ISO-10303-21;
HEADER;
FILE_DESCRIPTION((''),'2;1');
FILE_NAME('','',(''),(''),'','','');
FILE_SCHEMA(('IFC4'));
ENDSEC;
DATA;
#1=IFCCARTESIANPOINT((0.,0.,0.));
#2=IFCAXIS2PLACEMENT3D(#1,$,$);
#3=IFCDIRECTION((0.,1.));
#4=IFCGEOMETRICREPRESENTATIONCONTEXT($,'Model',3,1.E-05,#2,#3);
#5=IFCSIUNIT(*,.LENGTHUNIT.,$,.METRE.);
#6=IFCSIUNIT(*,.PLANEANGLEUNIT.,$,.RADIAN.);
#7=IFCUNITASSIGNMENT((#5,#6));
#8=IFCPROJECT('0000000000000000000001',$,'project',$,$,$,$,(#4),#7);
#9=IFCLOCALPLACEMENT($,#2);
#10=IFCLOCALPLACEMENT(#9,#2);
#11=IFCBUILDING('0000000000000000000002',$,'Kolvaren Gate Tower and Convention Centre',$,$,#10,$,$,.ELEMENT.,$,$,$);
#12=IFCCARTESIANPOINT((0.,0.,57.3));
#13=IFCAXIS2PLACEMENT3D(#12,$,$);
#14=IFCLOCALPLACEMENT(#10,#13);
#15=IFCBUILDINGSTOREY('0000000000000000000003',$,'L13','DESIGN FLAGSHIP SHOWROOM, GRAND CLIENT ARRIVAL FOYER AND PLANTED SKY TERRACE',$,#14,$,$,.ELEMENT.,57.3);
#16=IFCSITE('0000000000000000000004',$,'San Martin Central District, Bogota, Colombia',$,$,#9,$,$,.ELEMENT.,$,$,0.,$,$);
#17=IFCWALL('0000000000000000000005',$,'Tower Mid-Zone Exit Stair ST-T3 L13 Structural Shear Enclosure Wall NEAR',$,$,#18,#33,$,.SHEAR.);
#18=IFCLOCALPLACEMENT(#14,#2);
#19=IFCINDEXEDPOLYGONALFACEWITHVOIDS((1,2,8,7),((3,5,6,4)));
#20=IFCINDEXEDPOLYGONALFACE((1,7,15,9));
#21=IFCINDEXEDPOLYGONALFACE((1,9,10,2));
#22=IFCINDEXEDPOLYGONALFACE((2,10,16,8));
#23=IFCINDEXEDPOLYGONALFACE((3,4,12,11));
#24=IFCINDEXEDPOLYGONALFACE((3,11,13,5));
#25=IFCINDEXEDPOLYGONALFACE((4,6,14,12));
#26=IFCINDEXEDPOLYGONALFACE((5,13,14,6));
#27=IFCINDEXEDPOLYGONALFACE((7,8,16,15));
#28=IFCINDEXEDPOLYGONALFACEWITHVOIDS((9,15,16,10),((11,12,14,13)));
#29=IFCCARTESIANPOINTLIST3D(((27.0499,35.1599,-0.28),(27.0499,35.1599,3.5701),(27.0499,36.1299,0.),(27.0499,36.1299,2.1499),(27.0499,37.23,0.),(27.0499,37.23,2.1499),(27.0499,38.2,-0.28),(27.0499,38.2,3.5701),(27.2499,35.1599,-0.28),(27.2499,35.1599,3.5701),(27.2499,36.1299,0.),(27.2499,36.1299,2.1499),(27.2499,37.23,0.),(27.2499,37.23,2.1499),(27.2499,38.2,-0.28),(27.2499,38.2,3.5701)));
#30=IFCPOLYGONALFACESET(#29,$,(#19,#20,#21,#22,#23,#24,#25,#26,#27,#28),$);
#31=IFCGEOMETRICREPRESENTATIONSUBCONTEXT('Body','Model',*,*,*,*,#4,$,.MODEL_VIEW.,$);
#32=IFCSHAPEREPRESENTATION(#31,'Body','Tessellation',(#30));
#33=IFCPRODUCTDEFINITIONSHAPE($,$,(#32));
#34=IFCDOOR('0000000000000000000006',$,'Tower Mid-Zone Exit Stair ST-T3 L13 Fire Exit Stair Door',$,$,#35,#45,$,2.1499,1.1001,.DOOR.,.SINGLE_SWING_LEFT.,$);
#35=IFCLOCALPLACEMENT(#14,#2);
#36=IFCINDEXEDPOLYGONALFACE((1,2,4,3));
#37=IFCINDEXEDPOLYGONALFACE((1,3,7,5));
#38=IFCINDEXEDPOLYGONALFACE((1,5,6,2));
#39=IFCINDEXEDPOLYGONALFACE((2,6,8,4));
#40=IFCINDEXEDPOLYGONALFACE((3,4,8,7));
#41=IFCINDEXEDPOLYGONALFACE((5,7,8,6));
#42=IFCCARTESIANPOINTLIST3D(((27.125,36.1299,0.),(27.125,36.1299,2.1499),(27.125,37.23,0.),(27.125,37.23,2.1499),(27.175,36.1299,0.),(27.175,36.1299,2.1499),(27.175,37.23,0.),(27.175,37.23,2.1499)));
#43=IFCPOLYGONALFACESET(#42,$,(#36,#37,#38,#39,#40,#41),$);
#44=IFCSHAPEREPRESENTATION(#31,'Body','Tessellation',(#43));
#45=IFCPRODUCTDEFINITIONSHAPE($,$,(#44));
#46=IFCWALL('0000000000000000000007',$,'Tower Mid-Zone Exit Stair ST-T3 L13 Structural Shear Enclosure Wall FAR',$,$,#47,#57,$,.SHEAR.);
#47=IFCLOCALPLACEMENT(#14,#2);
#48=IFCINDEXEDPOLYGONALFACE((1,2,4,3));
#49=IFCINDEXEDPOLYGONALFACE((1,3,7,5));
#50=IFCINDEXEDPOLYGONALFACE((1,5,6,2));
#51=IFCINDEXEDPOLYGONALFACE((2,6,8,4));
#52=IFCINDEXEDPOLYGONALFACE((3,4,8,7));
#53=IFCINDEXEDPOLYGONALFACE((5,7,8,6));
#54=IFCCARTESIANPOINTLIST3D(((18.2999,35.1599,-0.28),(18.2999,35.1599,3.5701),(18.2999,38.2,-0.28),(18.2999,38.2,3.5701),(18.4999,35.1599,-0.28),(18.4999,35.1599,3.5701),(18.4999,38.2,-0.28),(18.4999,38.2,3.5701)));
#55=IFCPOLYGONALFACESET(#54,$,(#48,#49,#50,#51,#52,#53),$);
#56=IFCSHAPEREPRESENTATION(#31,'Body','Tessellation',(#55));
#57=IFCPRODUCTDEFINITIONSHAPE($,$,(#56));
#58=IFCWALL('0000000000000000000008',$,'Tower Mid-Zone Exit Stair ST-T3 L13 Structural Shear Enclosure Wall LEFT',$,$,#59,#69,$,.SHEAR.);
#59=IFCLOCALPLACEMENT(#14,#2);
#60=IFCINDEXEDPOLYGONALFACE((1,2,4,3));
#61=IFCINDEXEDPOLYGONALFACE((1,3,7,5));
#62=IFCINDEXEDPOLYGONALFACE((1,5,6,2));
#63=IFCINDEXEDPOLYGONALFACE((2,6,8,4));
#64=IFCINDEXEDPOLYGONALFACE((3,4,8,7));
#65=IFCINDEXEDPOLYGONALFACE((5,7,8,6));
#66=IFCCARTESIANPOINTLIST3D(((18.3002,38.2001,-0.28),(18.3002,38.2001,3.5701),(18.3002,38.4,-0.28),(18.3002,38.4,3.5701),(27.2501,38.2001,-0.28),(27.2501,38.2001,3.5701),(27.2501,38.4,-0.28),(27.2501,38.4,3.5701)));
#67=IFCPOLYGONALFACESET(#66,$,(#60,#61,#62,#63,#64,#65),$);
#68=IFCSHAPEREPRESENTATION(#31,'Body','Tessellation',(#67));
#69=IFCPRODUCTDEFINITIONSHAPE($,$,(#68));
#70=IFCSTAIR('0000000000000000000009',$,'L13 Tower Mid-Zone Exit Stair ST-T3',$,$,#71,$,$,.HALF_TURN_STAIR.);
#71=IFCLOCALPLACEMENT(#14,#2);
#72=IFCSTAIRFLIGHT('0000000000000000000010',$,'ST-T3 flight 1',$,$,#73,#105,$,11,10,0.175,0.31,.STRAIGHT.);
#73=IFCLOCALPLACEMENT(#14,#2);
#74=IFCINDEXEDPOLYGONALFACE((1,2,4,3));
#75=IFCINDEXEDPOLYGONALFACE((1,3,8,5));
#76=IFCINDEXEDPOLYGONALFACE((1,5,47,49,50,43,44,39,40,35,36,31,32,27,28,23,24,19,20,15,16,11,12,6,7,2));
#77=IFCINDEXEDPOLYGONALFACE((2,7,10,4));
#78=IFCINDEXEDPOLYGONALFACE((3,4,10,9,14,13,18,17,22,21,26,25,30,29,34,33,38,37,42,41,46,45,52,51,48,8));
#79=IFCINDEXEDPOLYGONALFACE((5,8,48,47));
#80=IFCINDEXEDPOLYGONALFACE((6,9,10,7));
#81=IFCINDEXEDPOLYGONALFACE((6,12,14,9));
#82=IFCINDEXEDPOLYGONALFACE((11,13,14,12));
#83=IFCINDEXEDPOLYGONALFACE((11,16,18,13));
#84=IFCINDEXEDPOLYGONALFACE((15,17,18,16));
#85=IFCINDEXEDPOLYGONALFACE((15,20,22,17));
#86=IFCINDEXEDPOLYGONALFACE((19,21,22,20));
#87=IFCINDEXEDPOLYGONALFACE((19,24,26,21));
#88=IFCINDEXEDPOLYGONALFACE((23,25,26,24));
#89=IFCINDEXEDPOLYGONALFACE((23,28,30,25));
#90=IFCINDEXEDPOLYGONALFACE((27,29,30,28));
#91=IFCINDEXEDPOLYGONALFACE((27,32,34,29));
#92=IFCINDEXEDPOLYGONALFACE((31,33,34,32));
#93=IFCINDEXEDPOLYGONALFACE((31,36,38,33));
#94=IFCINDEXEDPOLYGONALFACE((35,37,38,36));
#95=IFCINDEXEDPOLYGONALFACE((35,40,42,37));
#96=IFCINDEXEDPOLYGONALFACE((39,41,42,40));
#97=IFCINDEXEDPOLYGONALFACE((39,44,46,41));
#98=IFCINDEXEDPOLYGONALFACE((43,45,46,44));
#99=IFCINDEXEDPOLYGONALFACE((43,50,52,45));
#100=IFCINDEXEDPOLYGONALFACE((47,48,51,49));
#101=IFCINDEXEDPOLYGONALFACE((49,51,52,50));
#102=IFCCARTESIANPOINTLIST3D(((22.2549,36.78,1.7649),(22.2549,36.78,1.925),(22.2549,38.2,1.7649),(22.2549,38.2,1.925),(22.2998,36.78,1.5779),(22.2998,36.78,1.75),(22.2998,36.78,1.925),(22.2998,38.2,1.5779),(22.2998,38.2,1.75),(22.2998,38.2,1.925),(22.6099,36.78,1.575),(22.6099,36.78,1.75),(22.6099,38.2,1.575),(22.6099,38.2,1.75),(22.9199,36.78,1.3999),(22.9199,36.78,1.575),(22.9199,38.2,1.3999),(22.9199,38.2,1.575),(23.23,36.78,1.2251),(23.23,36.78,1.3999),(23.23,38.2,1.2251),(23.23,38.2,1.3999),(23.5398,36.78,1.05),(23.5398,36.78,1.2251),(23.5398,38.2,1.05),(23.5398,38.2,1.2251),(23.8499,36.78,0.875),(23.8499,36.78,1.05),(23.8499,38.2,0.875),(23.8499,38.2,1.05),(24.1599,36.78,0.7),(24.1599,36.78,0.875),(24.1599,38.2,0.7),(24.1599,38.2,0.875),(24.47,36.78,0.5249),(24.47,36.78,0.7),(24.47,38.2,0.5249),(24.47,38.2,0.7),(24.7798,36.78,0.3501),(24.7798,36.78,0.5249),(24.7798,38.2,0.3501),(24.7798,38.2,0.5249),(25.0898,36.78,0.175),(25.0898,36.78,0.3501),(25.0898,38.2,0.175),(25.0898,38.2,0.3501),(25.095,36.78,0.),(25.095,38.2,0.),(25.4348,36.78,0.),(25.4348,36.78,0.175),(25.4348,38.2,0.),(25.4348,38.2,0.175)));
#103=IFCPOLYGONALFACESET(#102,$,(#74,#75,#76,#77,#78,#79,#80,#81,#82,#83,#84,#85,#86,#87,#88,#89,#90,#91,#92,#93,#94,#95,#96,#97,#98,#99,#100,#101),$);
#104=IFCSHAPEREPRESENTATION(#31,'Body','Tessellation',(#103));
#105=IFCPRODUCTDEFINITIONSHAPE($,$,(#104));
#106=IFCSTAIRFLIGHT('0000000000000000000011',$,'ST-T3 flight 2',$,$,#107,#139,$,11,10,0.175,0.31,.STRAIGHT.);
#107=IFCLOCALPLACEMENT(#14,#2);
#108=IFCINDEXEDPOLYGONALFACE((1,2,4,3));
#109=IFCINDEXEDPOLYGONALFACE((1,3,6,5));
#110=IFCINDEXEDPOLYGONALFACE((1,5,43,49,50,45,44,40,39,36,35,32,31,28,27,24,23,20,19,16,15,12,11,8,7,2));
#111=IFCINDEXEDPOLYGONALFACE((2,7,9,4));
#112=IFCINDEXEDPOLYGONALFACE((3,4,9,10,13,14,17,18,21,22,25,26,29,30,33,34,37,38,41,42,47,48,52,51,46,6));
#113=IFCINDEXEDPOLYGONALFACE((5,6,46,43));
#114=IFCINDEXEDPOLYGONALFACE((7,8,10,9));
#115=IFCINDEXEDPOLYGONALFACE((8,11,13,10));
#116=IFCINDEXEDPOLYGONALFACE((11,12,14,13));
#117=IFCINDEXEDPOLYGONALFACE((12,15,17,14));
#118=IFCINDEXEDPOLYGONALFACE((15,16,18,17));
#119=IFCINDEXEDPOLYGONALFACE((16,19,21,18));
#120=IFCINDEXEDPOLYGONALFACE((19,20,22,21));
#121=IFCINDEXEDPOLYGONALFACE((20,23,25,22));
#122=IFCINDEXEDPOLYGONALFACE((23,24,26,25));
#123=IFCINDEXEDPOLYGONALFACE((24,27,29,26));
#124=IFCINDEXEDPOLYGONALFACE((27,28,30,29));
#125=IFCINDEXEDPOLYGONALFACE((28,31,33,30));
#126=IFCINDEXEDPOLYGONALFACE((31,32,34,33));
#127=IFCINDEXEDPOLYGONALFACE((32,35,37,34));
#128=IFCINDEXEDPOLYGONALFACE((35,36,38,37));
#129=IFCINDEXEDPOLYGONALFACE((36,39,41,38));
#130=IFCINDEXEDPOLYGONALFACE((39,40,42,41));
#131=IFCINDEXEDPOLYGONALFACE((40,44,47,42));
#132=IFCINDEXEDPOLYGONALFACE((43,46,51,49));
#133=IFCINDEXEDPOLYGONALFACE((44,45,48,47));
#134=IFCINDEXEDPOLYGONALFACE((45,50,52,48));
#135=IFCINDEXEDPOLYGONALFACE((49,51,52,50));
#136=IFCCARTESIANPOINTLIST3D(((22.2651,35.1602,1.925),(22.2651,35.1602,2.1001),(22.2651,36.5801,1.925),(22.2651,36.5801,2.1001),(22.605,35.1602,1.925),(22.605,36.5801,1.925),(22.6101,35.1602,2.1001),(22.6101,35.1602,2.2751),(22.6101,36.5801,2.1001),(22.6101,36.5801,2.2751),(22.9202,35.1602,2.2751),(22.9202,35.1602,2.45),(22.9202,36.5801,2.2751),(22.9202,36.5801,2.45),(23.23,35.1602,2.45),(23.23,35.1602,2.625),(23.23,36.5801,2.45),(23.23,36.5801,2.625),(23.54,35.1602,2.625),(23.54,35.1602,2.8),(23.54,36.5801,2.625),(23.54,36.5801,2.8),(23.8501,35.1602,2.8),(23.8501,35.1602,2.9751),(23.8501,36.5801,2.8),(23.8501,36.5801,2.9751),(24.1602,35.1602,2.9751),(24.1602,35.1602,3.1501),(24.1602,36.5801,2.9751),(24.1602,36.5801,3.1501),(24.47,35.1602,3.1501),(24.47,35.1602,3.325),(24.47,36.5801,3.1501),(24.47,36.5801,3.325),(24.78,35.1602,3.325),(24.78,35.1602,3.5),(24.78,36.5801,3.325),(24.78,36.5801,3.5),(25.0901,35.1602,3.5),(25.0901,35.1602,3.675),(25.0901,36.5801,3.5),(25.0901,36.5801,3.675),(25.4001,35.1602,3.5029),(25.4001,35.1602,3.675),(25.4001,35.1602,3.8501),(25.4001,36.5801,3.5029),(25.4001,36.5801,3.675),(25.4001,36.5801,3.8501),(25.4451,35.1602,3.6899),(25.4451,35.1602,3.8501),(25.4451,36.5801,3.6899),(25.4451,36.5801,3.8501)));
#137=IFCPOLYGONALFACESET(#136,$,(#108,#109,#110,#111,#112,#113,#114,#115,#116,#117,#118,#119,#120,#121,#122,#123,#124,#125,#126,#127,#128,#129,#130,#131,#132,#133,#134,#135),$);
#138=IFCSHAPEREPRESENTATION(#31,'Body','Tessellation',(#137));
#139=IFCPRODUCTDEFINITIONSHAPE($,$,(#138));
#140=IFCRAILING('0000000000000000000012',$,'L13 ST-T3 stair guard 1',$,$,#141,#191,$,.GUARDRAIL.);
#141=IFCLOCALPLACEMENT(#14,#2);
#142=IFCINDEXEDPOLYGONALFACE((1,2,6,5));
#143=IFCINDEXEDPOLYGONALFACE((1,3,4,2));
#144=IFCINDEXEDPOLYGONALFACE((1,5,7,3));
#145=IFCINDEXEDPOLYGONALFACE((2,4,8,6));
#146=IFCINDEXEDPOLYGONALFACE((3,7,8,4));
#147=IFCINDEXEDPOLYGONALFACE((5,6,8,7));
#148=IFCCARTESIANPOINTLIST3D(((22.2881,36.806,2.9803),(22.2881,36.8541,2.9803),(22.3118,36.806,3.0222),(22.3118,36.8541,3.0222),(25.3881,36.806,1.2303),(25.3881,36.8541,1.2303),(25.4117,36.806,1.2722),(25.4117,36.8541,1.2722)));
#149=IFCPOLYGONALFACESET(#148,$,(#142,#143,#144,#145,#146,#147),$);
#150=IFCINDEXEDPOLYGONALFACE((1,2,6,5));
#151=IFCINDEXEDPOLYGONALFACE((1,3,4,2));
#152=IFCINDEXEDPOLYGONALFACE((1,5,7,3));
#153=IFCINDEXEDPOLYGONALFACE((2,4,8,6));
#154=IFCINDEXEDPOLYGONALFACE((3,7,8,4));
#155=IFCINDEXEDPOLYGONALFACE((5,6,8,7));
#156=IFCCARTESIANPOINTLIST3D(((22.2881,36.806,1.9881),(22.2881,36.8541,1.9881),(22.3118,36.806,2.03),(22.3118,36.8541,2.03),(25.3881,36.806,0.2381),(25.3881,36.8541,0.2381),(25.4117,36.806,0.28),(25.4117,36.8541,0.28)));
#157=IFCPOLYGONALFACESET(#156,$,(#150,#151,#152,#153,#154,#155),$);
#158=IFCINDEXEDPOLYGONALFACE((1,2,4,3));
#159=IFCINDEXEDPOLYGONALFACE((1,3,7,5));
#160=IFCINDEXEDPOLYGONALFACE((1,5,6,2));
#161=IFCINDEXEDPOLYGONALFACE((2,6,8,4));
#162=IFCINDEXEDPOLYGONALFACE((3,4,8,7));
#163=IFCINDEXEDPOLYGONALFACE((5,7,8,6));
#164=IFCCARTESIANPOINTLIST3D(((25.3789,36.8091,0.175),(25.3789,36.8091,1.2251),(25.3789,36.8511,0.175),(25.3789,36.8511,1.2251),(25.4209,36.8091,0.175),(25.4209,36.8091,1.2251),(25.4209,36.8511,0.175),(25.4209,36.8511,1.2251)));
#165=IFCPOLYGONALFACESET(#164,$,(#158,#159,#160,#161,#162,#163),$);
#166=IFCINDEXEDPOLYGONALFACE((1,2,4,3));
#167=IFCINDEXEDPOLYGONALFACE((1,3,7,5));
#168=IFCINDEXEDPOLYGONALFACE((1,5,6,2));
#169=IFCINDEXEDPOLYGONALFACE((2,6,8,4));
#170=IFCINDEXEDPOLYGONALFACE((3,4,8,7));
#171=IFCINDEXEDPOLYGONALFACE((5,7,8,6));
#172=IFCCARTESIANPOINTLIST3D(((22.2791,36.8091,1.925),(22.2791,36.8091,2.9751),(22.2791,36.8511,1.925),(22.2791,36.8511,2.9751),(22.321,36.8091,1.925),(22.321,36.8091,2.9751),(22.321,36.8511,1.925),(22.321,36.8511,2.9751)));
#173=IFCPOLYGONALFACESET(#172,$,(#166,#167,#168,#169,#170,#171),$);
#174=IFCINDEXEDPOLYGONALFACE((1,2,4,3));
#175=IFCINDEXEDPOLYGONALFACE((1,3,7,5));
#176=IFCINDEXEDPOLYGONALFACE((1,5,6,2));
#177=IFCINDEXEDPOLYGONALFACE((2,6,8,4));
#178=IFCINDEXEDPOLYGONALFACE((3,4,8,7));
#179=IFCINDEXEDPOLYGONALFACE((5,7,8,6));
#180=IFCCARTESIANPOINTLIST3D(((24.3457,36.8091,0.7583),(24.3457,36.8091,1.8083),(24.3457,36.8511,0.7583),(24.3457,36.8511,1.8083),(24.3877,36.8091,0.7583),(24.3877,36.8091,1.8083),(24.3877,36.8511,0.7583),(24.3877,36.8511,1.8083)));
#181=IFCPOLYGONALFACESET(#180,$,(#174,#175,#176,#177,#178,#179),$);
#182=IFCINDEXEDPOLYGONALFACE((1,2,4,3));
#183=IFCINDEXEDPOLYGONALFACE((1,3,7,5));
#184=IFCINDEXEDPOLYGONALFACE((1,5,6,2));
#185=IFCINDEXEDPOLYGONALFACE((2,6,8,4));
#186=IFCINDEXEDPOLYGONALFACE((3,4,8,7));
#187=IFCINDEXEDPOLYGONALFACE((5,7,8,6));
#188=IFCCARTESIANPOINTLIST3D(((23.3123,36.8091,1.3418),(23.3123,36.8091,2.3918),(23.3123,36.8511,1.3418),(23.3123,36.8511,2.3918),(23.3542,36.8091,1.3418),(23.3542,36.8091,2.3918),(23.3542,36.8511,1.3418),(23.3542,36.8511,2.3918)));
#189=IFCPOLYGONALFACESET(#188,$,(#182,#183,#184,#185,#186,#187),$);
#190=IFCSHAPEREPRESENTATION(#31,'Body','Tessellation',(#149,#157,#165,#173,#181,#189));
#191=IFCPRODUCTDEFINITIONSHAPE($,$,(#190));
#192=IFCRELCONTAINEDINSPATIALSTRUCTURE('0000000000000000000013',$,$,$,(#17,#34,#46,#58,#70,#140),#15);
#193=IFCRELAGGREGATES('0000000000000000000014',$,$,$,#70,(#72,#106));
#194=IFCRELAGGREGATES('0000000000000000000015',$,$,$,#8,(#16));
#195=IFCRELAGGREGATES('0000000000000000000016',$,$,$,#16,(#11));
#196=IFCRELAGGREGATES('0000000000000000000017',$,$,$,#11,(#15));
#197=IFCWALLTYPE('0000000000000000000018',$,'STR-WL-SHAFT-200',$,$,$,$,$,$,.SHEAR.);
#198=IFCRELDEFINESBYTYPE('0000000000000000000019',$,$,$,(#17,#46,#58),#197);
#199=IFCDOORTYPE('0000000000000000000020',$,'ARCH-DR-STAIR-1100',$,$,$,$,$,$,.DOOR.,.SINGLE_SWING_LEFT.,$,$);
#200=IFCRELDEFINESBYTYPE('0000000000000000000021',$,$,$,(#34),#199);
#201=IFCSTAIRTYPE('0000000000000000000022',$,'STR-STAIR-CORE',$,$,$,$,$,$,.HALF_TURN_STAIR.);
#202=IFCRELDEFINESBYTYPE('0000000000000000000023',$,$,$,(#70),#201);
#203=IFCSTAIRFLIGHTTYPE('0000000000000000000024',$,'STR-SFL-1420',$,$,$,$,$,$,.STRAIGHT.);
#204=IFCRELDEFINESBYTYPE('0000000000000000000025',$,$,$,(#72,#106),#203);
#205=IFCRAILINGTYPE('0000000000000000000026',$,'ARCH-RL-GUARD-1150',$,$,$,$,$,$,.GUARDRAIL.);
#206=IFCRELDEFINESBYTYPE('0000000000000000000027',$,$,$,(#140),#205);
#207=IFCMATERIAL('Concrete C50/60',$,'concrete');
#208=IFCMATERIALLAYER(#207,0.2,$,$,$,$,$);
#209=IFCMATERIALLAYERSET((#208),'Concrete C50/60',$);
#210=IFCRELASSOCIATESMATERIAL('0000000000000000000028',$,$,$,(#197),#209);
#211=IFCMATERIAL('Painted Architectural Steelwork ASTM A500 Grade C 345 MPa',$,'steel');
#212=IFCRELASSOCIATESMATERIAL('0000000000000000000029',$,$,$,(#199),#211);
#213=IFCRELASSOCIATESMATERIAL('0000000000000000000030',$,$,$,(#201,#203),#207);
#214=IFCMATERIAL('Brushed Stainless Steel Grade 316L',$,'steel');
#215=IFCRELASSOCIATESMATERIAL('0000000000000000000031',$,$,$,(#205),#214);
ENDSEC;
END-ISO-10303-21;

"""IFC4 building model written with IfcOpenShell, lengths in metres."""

from ifc_helpers import new_model, si_unit, direction, frame, frame_2d, origin, origin_2d, place, context, subcontext, project, spatial, polyline, rectangle, outline, extrude, material, layer, layer_set, type_object, element, fill, aggregate, save


model = new_model("IFC4")

# Units and contexts
model_context = context("Model", 3, precision=1e-05, world=origin(), true_north=direction((0.0, 1.0)))
body_context = subcontext(model_context, "Body", "Model", "MODEL_VIEW")
ifc_project = project(units=[si_unit("LENGTHUNIT", "METRE"), si_unit("PLANEANGLEUNIT", "RADIAN")], contexts=[model_context])

# Site, building, storey
site_placement = place(None, origin())
site = spatial("IfcSite", under=ifc_project, at=site_placement, Name="San Martin Central District, Bogota, Colombia", CompositionType="ELEMENT", RefElevation=0.0)
building_placement = place(site_placement, origin())
building = spatial("IfcBuilding", under=site, at=building_placement, Name="Kolvaren Gate Tower and Convention Centre", CompositionType="ELEMENT")
storey_placement = place(building_placement, frame((0.0, 0.0, 57.3)))
storey = spatial("IfcBuildingStorey", under=building, at=storey_placement, Name="L13", Description="DESIGN FLAGSHIP SHOWROOM, GRAND CLIENT ARRIVAL FOYER AND PLANTED SKY TERRACE", CompositionType="ELEMENT", Elevation=57.3)

# Shared definitions
ifc_material_1 = material(Name="Painted Architectural Steelwork ASTM A500 Grade C 345 MPa", Category="steel")

# Wall, opening, door
ifc_material_2 = material(Name="Concrete C50/60", Category="concrete")
ifc_layer_1 = layer(ifc_material_2, 0.2)
ifc_layer_set_1 = layer_set([ifc_layer_1], Name="Concrete C50/60")
wall_type_1 = type_object("IfcWallType", Name="STR-WL-SHAFT-200", PredefinedType="SHEAR", material=ifc_layer_set_1)
wall_1_placement = place(storey_placement, frame((27.1499, 35.1599, -0.28), z_axis=(0.0, 0.0, 1.0), x_axis=(0.0, 1.0, 0.0)))
wall_1 = element("IfcWall", 1, at=wall_1_placement, inside=storey, type_object=wall_type_1, Name="Tower Mid-Zone Exit Stair ST-T3 L13 Structural Shear Enclosure Wall NEAR", PredefinedType="SHEAR", context=body_context, shape_type="SweptSolid", body=[
    extrude(rectangle(XDim=3.04, YDim=0.2, at=frame_2d((1.52, 0.0))), origin(), (0.0, 0.0, 1.0), 3.8501),
])
opening_1_placement = place(wall_1_placement, frame((0.97, 0.0, 0.28)))
opening_1 = element("IfcOpeningElement", 2, at=opening_1_placement, cuts=wall_1, PredefinedType="OPENING", context=body_context, shape_type="SweptSolid", body=[
    extrude(rectangle(XDim=1.1001, YDim=2.1499, at=frame_2d((0.55, 1.075))), frame((0.0, 0.1099, 0.0), z_axis=(0.0, -1.0, 0.0), x_axis=(1.0, 0.0, 0.0)), (0.0, 0.0, 1.0), 0.22),
])
door_type_1 = type_object("IfcDoorType", Name="ARCH-DR-STAIR-1100", OperationType="SINGLE_SWING_LEFT", PredefinedType="DOOR", material=ifc_material_1)
door_1_placement = place(opening_1_placement, origin())
door_1 = element("IfcDoor", 3, at=door_1_placement, inside=storey, type_object=door_type_1, Name="Tower Mid-Zone Exit Stair ST-T3 L13 Fire Exit Stair Door", OperationType="SINGLE_SWING_LEFT", OverallHeight=2.1499, OverallWidth=1.1001, PredefinedType="DOOR", context=body_context, shape_type="SweptSolid", body=[
    extrude(rectangle(XDim=1.1001, YDim=2.1499, at=frame_2d((0.55, 1.075))), frame((0.0, 0.0249, 0.0), z_axis=(0.0, -1.0, 0.0), x_axis=(1.0, 0.0, 0.0)), (0.0, 0.0, 1.0), 0.05),
])
fill(opening_1, door_1)

# Walls
wall_2_placement = place(storey_placement, frame((18.3999, 35.1599, -0.28), z_axis=(0.0, 0.0, 1.0), x_axis=(0.0, 1.0, 0.0)))
element("IfcWall", 4, at=wall_2_placement, inside=storey, type_object=wall_type_1, Name="Tower Mid-Zone Exit Stair ST-T3 L13 Structural Shear Enclosure Wall FAR", PredefinedType="SHEAR", context=body_context, shape_type="SweptSolid", body=[
    extrude(rectangle(XDim=3.04, YDim=0.2, at=frame_2d((1.52, 0.0))), origin(), (0.0, 0.0, 1.0), 3.8501),
])
wall_3_placement = place(storey_placement, frame((18.3, 38.3, -0.28), z_axis=(0.0, 0.0, 1.0), x_axis=(1.0, 0.0, 0.0)))
element("IfcWall", 5, at=wall_3_placement, inside=storey, type_object=wall_type_1, Name="Tower Mid-Zone Exit Stair ST-T3 L13 Structural Shear Enclosure Wall LEFT", PredefinedType="SHEAR", context=body_context, shape_type="SweptSolid", body=[
    extrude(rectangle(XDim=8.95, YDim=0.2, at=frame_2d((4.4751, 0.0))), origin(), (0.0, 0.0, 1.0), 3.8501),
])

# Stair, stair flights
stair_type = type_object("IfcStairType", Name="STR-STAIR-CORE", PredefinedType="HALF_TURN_STAIR", material=ifc_material_2)
stair_placement = place(storey_placement, origin())
stair = element("IfcStair", 6, at=stair_placement, inside=storey, type_object=stair_type, Name="L13 Tower Mid-Zone Exit Stair ST-T3", PredefinedType="HALF_TURN_STAIR")
stair_flight_type = type_object("IfcStairFlightType", Name="STR-SFL-1420", PredefinedType="STRAIGHT", material=ifc_material_2)
stair_flight_1_placement = place(storey_placement, frame((25.3999, 37.49, 0.0), z_axis=(0.0, 0.0, 1.0), x_axis=(-1.0, 0.0, 0.0)))
stair_flight_1 = element("IfcStairFlight", 7, at=stair_flight_1_placement, type_object=stair_flight_type, Name="ST-T3 flight 1", NumberOfRisers=11, NumberOfTreads=10, PredefinedType="STRAIGHT", RiserHeight=0.175, TreadLength=0.31, context=body_context, shape_type="SweptSolid", body=[
    extrude(outline(polyline([(-0.0349, 0.0), (-0.0349, 0.175), (0.3101, 0.175), (0.3101, 0.3501), (0.6201, 0.3501), (0.6201, 0.5249), (0.9299, 0.5249), (0.9299, 0.7), (1.24, 0.7), (1.24, 0.875), (1.55, 0.875), (1.55, 1.05), (1.8601, 1.05), (1.8601, 1.2251), (2.1699, 1.2251), (2.1699, 1.3999), (2.48, 1.3999), (2.48, 1.575), (2.79, 1.575), (2.79, 1.75), (3.1001, 1.75), (3.1001, 1.925), (3.145, 1.925), (3.145, 1.7649), (3.1001, 1.5779), (0.3049, 0.0), (-0.0349, 0.0)])), frame((0.0, 0.71, 0.0), z_axis=(0.0, -1.0, 0.0), x_axis=(1.0, 0.0, 0.0)), (0.0, 0.0, 1.0), 1.4199),
])
stair_flight_2_placement = place(storey_placement, frame((22.3, 35.8701, 1.925), z_axis=(0.0, 0.0, 1.0), x_axis=(1.0, 0.0, 0.0)))
stair_flight_2 = element("IfcStairFlight", 8, at=stair_flight_2_placement, type_object=stair_flight_type, Name="ST-T3 flight 2", NumberOfRisers=11, NumberOfTreads=10, PredefinedType="STRAIGHT", RiserHeight=0.175, TreadLength=0.31, context=body_context, shape_type="SweptSolid", body=[
    extrude(outline(polyline([(-0.0349, 0.0), (-0.0349, 0.175), (0.3101, 0.175), (0.3101, 0.3501), (0.6201, 0.3501), (0.6201, 0.5249), (0.9299, 0.5249), (0.9299, 0.7), (1.24, 0.7), (1.24, 0.875), (1.55, 0.875), (1.55, 1.05), (1.8601, 1.05), (1.8601, 1.2251), (2.1699, 1.2251), (2.1699, 1.3999), (2.48, 1.3999), (2.48, 1.575), (2.79, 1.575), (2.79, 1.75), (3.1001, 1.75), (3.1001, 1.925), (3.145, 1.925), (3.145, 1.7649), (3.1001, 1.5779), (0.3049, 0.0), (-0.0349, 0.0)])), frame((0.0, 0.71, 0.0), z_axis=(0.0, -1.0, 0.0), x_axis=(1.0, 0.0, 0.0)), (0.0, 0.0, 1.0), 1.4199),
])
aggregate(stair, [stair_flight_1, stair_flight_2])

# Railing
ifc_material_3 = material(Name="Brushed Stainless Steel Grade 316L", Category="steel")
railing_type_1 = type_object("IfcRailingType", Name="ARCH-RL-GUARD-1150", PredefinedType="GUARDRAIL", material=ifc_material_3)
railing_1_placement = place(storey_placement, frame((25.3999, 36.8301, 0.175)))
element("IfcRailing", 9, at=railing_1_placement, inside=storey, type_object=railing_type_1, Name="L13 ST-T3 stair guard 1", PredefinedType="GUARDRAIL", context=body_context, shape_type="SweptSolid", body=[
    extrude(rectangle(XDim=0.0481, YDim=0.0481, at=origin_2d()), frame((0.0, 0.0, 1.0762), z_axis=(-0.870814, 0.0, 0.491612), x_axis=(0.0, -1.0, 0.0)), (0.0, 0.0, 1.0), 3.5598),
    extrude(rectangle(XDim=0.0481, YDim=0.0481, at=origin_2d()), frame((0.0, 0.0, 0.084), z_axis=(-0.870814, 0.0, 0.491612), x_axis=(0.0, -1.0, 0.0)), (0.0, 0.0, 1.0), 3.5598),
    extrude(rectangle(XDim=0.042, YDim=0.042, at=origin_2d()), origin(), (0.0, 0.0, 1.0), 1.05),
    extrude(rectangle(XDim=0.042, YDim=0.042, at=origin_2d()), frame((-3.0999, 0.0, 1.75)), (0.0, 0.0, 1.0), 1.05),
    extrude(rectangle(XDim=0.042, YDim=0.042, at=origin_2d()), frame((-1.0332, 0.0, 0.5833)), (0.0, 0.0, 1.0), 1.05),
    extrude(rectangle(XDim=0.042, YDim=0.042, at=origin_2d()), frame((-2.0667, 0.0, 1.1667)), (0.0, 0.0, 1.0), 1.05),
])

save(model, "model.ifc")
